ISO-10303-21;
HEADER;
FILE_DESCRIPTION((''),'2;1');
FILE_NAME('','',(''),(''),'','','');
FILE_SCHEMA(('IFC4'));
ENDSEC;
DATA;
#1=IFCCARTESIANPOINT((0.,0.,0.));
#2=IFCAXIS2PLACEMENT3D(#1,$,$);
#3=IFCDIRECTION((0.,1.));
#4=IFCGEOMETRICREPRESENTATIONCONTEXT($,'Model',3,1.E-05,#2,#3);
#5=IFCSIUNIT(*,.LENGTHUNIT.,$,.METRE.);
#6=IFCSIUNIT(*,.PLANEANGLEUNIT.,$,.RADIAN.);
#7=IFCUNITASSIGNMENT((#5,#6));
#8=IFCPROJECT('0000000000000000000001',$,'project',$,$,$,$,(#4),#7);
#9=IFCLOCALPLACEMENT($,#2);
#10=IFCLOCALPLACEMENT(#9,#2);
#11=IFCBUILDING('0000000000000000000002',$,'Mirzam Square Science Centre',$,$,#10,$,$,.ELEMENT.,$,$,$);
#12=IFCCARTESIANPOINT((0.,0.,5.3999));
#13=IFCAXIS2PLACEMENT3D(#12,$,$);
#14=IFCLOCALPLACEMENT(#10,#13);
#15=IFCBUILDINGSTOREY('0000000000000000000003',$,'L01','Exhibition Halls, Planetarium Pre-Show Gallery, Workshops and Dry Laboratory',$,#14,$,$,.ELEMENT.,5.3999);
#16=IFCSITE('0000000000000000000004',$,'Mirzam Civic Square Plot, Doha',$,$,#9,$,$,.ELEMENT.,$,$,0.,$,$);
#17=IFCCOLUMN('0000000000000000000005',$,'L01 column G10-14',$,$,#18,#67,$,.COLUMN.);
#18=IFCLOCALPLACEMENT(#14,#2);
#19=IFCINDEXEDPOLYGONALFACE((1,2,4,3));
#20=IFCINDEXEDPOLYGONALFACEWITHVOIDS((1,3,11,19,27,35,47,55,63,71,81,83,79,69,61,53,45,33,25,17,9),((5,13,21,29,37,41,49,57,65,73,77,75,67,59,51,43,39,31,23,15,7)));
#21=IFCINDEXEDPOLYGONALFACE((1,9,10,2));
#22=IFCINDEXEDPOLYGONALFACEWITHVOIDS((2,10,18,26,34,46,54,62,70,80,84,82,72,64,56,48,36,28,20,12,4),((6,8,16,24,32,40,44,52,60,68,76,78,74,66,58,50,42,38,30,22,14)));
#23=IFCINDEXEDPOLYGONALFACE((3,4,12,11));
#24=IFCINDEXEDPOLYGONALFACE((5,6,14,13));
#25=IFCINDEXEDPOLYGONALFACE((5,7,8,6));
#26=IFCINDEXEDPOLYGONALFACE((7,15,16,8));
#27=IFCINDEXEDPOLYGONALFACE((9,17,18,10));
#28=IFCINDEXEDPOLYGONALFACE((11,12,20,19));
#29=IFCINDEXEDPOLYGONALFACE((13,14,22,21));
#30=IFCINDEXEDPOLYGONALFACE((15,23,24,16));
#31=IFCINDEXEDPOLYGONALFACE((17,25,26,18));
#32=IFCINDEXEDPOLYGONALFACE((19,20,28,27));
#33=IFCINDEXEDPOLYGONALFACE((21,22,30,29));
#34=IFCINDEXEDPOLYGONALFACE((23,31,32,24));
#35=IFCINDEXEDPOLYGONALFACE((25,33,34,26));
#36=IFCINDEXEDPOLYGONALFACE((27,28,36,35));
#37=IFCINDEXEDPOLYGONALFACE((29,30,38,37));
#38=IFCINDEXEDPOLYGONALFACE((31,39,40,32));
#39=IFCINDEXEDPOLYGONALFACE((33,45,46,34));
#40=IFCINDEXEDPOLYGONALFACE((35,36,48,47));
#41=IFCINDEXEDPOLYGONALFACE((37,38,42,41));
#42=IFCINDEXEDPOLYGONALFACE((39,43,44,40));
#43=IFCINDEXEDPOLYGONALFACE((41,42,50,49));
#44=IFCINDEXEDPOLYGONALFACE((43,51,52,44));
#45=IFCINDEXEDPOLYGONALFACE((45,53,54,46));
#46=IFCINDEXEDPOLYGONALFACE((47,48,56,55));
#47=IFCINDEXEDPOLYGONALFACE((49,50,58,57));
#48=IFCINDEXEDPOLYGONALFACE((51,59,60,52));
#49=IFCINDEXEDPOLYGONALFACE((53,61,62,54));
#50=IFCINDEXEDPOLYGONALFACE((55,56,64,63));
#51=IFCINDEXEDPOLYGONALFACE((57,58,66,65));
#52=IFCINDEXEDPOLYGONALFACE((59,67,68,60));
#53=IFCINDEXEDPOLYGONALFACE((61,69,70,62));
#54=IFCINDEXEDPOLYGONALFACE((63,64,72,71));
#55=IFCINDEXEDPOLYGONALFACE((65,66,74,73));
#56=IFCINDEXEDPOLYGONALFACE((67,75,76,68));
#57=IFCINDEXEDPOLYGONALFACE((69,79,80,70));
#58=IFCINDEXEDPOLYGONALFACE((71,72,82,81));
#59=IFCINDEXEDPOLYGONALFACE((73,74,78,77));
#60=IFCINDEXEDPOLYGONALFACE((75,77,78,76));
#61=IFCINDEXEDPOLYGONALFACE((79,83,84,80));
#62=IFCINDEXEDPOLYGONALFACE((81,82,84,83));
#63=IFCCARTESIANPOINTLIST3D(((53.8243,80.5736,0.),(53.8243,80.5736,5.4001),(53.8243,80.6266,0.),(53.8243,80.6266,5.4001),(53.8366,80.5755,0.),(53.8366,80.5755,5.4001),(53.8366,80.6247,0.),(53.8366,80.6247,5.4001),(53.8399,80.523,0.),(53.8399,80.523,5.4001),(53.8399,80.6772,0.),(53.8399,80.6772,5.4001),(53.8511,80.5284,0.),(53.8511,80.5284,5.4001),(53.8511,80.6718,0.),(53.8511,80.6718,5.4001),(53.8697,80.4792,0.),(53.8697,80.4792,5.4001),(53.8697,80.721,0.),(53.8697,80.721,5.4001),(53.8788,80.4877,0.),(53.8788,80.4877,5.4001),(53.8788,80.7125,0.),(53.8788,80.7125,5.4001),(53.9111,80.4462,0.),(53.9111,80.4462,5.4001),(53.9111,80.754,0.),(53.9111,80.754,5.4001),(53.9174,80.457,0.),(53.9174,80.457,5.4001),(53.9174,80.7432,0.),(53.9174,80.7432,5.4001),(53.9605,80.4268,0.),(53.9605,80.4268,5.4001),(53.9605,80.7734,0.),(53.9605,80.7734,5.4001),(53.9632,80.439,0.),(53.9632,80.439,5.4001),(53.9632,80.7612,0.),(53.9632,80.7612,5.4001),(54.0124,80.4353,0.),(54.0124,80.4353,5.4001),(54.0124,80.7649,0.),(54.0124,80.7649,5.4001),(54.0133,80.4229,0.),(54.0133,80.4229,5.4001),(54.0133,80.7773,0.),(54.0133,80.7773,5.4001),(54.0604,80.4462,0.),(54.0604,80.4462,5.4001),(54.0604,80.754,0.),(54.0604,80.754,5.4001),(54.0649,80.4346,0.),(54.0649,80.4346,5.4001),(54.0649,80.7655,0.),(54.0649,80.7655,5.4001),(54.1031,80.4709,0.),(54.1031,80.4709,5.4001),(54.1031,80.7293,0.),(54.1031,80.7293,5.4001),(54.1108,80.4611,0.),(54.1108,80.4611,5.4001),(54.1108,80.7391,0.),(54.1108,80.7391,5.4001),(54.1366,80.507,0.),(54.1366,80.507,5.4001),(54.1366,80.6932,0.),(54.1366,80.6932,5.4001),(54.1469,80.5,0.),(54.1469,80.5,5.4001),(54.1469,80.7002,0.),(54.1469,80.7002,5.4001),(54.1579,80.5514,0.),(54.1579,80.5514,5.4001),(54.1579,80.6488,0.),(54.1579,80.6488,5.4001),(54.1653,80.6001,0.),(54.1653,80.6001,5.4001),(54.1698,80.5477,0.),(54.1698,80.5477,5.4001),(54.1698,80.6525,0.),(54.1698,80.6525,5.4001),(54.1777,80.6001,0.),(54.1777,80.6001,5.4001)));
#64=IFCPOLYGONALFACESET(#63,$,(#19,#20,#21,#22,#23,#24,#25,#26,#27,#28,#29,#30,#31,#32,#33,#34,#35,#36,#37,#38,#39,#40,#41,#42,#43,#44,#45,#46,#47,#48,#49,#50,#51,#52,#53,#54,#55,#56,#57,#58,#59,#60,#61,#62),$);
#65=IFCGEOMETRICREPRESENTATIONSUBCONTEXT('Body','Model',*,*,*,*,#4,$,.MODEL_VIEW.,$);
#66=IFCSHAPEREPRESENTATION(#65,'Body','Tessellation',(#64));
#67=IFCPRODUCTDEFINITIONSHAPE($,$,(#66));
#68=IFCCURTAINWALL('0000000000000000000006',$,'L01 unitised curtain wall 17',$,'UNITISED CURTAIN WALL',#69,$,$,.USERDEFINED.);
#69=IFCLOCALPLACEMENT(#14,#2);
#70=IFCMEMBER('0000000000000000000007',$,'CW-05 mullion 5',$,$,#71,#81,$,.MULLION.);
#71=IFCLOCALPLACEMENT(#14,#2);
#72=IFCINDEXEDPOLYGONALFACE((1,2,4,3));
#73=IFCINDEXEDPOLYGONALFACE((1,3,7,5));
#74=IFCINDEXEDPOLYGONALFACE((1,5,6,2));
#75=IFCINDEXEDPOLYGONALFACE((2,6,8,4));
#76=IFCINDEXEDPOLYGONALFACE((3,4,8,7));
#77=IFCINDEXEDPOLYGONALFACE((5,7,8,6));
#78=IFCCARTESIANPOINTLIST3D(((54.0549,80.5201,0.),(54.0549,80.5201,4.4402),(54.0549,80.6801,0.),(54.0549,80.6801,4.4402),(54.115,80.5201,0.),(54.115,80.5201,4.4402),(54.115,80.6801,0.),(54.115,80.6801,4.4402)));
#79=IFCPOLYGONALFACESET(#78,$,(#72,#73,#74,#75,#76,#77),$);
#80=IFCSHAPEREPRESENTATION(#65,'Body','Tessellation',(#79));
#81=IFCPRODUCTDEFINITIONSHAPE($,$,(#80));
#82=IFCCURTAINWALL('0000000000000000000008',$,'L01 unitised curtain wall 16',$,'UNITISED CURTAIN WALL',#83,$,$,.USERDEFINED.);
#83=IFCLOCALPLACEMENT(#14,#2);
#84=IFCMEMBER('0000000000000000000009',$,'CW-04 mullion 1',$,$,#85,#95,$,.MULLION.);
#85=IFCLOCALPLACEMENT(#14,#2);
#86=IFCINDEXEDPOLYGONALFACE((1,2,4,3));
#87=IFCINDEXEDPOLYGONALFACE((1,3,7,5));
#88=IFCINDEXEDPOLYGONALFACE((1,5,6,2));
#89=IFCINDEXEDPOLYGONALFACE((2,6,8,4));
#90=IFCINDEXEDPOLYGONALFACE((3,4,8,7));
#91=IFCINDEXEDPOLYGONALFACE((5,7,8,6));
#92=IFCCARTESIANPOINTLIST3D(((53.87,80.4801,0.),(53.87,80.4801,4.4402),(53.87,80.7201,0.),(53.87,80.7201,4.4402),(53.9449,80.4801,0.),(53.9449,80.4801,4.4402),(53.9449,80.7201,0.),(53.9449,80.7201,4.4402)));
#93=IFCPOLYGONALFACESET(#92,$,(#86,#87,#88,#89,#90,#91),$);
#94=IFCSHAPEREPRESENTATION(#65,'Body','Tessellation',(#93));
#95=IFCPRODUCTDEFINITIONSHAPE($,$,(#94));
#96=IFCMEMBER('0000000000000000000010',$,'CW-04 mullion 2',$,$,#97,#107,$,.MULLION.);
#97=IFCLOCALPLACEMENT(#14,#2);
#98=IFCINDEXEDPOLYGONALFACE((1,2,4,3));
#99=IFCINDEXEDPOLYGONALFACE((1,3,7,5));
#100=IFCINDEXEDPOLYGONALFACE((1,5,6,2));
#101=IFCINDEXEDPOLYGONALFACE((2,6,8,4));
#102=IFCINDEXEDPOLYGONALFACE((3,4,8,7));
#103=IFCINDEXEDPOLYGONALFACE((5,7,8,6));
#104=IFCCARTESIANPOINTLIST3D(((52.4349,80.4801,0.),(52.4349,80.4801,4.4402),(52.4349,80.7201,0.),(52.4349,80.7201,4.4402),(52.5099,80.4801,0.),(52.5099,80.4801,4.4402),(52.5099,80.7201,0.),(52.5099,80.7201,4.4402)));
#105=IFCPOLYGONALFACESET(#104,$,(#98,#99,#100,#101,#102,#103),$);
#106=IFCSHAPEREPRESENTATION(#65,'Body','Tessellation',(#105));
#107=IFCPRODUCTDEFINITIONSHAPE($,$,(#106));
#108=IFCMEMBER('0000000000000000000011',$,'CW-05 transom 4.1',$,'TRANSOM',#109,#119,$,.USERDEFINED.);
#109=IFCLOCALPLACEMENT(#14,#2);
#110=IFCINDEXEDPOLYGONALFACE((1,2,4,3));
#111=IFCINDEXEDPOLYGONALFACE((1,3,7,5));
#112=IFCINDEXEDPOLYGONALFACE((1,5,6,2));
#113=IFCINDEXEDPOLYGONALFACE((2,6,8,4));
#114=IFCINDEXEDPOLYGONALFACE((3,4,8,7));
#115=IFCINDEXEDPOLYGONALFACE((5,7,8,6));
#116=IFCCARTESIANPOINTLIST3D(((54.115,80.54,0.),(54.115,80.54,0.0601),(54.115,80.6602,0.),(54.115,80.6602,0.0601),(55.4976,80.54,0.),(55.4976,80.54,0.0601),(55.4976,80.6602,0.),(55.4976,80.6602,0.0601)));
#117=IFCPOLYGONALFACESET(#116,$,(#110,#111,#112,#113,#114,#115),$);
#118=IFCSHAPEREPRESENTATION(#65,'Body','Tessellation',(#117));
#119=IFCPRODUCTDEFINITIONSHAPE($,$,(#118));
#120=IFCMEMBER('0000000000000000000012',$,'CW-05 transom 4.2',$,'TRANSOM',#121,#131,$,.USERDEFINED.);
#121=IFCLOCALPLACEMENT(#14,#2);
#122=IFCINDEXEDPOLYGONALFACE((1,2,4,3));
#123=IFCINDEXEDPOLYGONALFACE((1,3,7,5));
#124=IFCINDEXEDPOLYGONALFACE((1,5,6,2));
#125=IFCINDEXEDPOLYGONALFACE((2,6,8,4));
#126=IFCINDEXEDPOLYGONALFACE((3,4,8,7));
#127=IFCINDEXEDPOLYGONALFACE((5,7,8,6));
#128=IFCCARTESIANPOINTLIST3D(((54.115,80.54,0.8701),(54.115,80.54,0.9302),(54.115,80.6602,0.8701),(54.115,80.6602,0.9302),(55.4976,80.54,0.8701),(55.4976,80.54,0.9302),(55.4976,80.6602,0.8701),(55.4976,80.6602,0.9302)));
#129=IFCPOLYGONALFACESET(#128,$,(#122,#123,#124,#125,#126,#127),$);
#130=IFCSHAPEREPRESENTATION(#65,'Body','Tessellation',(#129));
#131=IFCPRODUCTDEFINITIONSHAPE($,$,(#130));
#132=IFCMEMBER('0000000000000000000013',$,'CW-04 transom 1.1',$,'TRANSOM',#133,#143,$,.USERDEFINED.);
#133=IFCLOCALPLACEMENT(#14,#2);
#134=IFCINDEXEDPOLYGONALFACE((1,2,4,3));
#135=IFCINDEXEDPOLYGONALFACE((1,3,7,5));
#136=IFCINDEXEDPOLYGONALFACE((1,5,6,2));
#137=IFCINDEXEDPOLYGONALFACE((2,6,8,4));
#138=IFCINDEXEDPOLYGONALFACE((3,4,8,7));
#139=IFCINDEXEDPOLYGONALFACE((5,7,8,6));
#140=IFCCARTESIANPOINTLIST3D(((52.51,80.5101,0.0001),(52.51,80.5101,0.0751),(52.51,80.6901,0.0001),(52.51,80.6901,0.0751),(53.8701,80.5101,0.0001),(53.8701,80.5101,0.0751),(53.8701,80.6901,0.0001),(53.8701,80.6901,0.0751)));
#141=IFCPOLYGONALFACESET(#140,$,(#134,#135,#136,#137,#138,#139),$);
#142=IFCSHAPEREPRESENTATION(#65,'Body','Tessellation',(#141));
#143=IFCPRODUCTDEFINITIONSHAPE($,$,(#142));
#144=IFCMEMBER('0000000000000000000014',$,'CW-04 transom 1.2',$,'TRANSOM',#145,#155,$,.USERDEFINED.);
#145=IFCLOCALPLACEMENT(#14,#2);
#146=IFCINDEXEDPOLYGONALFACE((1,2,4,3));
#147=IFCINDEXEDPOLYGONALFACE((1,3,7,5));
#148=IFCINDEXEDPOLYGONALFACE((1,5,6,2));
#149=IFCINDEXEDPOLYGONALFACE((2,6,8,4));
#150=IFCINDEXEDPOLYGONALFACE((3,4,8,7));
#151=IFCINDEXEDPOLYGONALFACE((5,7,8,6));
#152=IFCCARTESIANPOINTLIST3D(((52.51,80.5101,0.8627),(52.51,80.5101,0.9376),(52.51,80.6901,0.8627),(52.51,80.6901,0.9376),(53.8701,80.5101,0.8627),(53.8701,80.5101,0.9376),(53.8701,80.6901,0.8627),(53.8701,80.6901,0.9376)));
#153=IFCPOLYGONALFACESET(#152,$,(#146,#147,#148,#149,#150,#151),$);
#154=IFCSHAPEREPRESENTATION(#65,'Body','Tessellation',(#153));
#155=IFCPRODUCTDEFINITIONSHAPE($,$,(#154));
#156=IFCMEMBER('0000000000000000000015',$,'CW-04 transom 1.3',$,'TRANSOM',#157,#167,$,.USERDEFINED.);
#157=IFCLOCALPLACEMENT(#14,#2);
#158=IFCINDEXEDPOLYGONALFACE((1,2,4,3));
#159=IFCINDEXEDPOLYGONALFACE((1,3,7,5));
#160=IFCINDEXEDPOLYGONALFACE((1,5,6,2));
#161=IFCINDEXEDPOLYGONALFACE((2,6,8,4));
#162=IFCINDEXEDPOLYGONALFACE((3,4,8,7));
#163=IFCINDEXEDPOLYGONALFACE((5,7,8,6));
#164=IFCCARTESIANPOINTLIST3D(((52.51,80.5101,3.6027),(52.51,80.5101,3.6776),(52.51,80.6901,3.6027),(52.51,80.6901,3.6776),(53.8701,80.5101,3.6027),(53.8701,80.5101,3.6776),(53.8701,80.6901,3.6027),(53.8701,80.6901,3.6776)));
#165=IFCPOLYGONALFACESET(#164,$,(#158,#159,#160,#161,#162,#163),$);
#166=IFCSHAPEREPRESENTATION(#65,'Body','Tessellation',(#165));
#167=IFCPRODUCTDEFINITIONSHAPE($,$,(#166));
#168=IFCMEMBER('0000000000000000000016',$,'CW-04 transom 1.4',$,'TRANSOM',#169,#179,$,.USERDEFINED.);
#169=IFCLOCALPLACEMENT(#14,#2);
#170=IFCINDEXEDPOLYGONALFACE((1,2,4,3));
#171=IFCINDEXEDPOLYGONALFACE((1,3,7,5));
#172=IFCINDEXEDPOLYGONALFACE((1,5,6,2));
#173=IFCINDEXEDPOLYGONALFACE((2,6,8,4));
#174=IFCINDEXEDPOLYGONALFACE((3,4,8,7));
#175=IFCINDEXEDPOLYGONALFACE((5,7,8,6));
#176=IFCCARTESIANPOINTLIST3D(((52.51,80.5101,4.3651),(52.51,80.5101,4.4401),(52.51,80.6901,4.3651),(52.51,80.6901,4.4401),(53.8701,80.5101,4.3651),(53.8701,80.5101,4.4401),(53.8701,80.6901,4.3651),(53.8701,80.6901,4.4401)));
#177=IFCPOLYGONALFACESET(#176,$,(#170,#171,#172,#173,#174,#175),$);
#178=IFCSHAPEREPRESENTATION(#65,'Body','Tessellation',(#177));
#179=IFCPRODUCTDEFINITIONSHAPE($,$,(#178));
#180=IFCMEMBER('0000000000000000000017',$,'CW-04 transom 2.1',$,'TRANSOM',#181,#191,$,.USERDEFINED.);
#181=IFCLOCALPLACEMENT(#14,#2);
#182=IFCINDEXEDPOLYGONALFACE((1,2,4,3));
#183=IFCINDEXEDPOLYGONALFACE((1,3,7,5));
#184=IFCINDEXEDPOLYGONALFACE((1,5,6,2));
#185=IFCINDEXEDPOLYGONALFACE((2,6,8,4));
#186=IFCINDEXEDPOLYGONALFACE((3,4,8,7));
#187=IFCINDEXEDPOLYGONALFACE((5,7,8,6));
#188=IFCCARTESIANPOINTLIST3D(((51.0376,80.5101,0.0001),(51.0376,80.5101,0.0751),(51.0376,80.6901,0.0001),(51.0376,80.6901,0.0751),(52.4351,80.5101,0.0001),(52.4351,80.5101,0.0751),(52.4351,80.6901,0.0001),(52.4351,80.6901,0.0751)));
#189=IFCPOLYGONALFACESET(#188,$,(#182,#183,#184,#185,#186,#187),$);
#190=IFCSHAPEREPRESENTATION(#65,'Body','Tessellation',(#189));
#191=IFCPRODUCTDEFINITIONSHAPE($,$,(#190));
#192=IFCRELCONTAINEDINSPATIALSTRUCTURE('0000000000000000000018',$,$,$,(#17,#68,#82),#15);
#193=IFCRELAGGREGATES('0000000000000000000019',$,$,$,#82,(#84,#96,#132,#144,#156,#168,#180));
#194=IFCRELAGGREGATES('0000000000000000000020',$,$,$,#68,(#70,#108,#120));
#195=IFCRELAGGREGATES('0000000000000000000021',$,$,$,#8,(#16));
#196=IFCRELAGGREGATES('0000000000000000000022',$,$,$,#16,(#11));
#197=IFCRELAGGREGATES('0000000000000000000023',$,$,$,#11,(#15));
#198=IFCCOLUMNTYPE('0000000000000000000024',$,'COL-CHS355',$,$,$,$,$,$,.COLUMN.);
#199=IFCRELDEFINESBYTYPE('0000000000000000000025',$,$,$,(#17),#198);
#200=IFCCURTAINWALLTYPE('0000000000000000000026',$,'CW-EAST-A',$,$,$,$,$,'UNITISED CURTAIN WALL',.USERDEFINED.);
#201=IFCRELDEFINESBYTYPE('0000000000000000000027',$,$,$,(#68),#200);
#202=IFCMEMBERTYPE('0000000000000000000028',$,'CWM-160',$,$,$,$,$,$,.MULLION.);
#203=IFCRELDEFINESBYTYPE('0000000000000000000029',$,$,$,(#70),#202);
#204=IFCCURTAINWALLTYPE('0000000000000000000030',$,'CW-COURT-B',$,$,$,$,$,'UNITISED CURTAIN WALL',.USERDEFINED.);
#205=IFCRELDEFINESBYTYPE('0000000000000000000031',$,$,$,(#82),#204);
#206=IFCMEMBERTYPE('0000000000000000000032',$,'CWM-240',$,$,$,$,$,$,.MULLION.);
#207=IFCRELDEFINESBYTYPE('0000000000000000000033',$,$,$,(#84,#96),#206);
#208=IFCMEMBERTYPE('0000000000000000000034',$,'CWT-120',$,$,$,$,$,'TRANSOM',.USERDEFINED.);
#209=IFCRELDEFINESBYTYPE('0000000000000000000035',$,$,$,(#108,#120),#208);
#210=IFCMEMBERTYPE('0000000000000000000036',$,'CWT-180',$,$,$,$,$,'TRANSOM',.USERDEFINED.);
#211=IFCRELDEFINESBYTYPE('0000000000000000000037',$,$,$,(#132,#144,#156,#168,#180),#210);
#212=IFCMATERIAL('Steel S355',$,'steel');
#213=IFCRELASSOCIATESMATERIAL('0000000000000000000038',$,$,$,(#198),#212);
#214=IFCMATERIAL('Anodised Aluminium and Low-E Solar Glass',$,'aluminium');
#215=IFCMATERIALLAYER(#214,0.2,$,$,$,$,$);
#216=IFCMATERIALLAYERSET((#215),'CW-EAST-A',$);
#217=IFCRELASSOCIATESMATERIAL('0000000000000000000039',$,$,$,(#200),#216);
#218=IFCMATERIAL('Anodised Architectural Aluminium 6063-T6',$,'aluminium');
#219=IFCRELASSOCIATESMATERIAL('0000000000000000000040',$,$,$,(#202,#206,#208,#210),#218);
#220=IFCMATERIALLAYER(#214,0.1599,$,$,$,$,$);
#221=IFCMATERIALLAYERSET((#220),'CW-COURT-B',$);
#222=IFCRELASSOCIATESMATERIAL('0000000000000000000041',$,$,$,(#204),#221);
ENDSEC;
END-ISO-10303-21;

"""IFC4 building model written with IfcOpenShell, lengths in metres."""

from ifc_helpers import new_model, si_unit, direction, frame, origin, origin_2d, place, context, subcontext, project, spatial, rectangle, hollow_circle, extrude, material, layer, layer_set, material_profile, profile_set, type_object, element, aggregate, save


model = new_model("IFC4")

# Units and contexts
model_context = context("Model", 3, precision=1e-05, world=origin(), true_north=direction((0.0, 1.0)))
body_context = subcontext(model_context, "Body", "Model", "MODEL_VIEW")
ifc_project = project(units=[si_unit("LENGTHUNIT", "METRE"), si_unit("PLANEANGLEUNIT", "RADIAN")], contexts=[model_context])

# Site, building, storey
site_placement = place(None, origin())
site = spatial("IfcSite", under=ifc_project, at=site_placement, Name="Mirzam Civic Square Plot, Doha", CompositionType="ELEMENT", RefElevation=0.0)
building_placement = place(site_placement, origin())
building = spatial("IfcBuilding", under=site, at=building_placement, Name="Mirzam Square Science Centre", CompositionType="ELEMENT")
storey_placement = place(building_placement, frame((0.0, 0.0, 5.3999)))
storey = spatial("IfcBuildingStorey", under=building, at=storey_placement, Name="L01", Description="Exhibition Halls, Planetarium Pre-Show Gallery, Workshops and Dry Laboratory", CompositionType="ELEMENT", Elevation=5.3999)

# Column
ifc_material_1 = material(Name="Steel S355", Category="steel")
ifc_material_profile_1 = material_profile(ifc_material_1, hollow_circle(Radius=0.1777, WallThickness=0.0125, at=origin_2d()), Name="355.6x12.5CHS")
ifc_profile_set_1 = profile_set([ifc_material_profile_1], Name="Steel S355")
column_type = type_object("IfcColumnType", Name="COL-CHS355", PredefinedType="COLUMN", material=ifc_profile_set_1)
column_placement = place(storey_placement, frame((54.0, 80.6001, 0.0), z_axis=(0.0, 0.0, 1.0), x_axis=(1.0, 0.0, 0.0)))
element("IfcColumn", 1, at=column_placement, inside=storey, type_object=column_type, Name="L01 column G10-14", PredefinedType="COLUMN", context=body_context, shape_type="SweptSolid", body=[
    extrude(hollow_circle(Radius=0.1777, WallThickness=0.0125, at=origin_2d()), origin(), (0.0, 0.0, 1.0), 5.4001),
])

# Curtain wall, member
ifc_material_2 = material(Name="Anodised Aluminium and Low-E Solar Glass", Category="aluminium")
ifc_layer_1 = layer(ifc_material_2, 0.2)
ifc_layer_set_1 = layer_set([ifc_layer_1], Name="CW-EAST-A")
curtain_wall_type_1 = type_object("IfcCurtainWallType", Name="CW-EAST-A", ElementType="UNITISED CURTAIN WALL", PredefinedType="USERDEFINED", material=ifc_layer_set_1)
curtain_wall_1_placement = place(storey_placement, origin())
curtain_wall_1 = element("IfcCurtainWall", 2, at=curtain_wall_1_placement, inside=storey, type_object=curtain_wall_type_1, Name="L01 unitised curtain wall 17", ObjectType="UNITISED CURTAIN WALL", PredefinedType="USERDEFINED")
ifc_material_3 = material(Name="Anodised Architectural Aluminium 6063-T6", Category="aluminium")
ifc_material_profile_2 = material_profile(ifc_material_3, rectangle(XDim=0.0601, YDim=0.1599, at=origin_2d()), Name="ALU-MULL-160x60x4")
ifc_profile_set_2 = profile_set([ifc_material_profile_2], Name="Anodised Architectural Aluminium 6063-T6")
member_type_1 = type_object("IfcMemberType", Name="CWM-160", PredefinedType="MULLION", material=ifc_profile_set_2)
member_1_placement = place(storey_placement, frame((54.085, 80.6001, 0.0), z_axis=(0.0, 0.0, 1.0), x_axis=(-1.0, 0.0, 0.0)))
member_1 = element("IfcMember", 3, at=member_1_placement, type_object=member_type_1, Name="CW-05 mullion 5", PredefinedType="MULLION", context=body_context, shape_type="SweptSolid", body=[
    extrude(rectangle(XDim=0.0601, YDim=0.1599, at=origin_2d()), origin(), (0.0, 0.0, 1.0), 4.4402),
])

# Curtain wall, members
ifc_layer_2 = layer(ifc_material_2, 0.1599)
ifc_layer_set_2 = layer_set([ifc_layer_2], Name="CW-COURT-B")
curtain_wall_type_2 = type_object("IfcCurtainWallType", Name="CW-COURT-B", ElementType="UNITISED CURTAIN WALL", PredefinedType="USERDEFINED", material=ifc_layer_set_2)
curtain_wall_2_placement = place(storey_placement, origin())
curtain_wall_2 = element("IfcCurtainWall", 4, at=curtain_wall_2_placement, inside=storey, type_object=curtain_wall_type_2, Name="L01 unitised curtain wall 16", ObjectType="UNITISED CURTAIN WALL", PredefinedType="USERDEFINED")
ifc_material_profile_3 = material_profile(ifc_material_3, rectangle(XDim=0.075, YDim=0.24, at=origin_2d()), Name="ALU-MULL-240x75x5")
ifc_profile_set_3 = profile_set([ifc_material_profile_3], Name="Anodised Architectural Aluminium 6063-T6")
member_type_2 = type_object("IfcMemberType", Name="CWM-240", PredefinedType="MULLION", material=ifc_profile_set_3)
member_2_placement = place(storey_placement, frame((53.9075, 80.6001, 0.0), z_axis=(0.0, 0.0, 1.0), x_axis=(-1.0, 0.0, 0.0)))
member_2 = element("IfcMember", 5, at=member_2_placement, type_object=member_type_2, Name="CW-04 mullion 1", PredefinedType="MULLION", context=body_context, shape_type="SweptSolid", body=[
    extrude(rectangle(XDim=0.075, YDim=0.24, at=origin_2d()), origin(), (0.0, 0.0, 1.0), 4.4402),
])
member_3_placement = place(storey_placement, frame((52.4724, 80.6001, 0.0), z_axis=(0.0, 0.0, 1.0), x_axis=(-1.0, 0.0, 0.0)))
member_3 = element("IfcMember", 6, at=member_3_placement, type_object=member_type_2, Name="CW-04 mullion 2", PredefinedType="MULLION", context=body_context, shape_type="SweptSolid", body=[
    extrude(rectangle(XDim=0.075, YDim=0.24, at=origin_2d()), origin(), (0.0, 0.0, 1.0), 4.4402),
])

# Members
ifc_material_profile_4 = material_profile(ifc_material_3, rectangle(XDim=0.1201, YDim=0.0601, at=origin_2d()), Name="ALU-TRAN-120x60x4")
ifc_profile_set_4 = profile_set([ifc_material_profile_4], Name="Anodised Architectural Aluminium 6063-T6")
member_type_3 = type_object("IfcMemberType", Name="CWT-120", ElementType="TRANSOM", PredefinedType="USERDEFINED", material=ifc_profile_set_4)
member_4_placement = place(storey_placement, frame((55.4976, 80.6001, 0.03), z_axis=(-1.0, 0.0, 0.0), x_axis=(0.0, -1.0, 0.0)))
member_4 = element("IfcMember", 7, at=member_4_placement, type_object=member_type_3, Name="CW-05 transom 4.1", ObjectType="TRANSOM", PredefinedType="USERDEFINED", context=body_context, shape_type="SweptSolid", body=[
    extrude(rectangle(XDim=0.1201, YDim=0.0601, at=origin_2d()), origin(), (0.0, 0.0, 1.0), 1.3826),
])
member_5_placement = place(storey_placement, frame((55.4976, 80.6001, 0.9001), z_axis=(-1.0, 0.0, 0.0), x_axis=(0.0, -1.0, 0.0)))
member_5 = element("IfcMember", 8, at=member_5_placement, type_object=member_type_3, Name="CW-05 transom 4.2", ObjectType="TRANSOM", PredefinedType="USERDEFINED", context=body_context, shape_type="SweptSolid", body=[
    extrude(rectangle(XDim=0.1201, YDim=0.0601, at=origin_2d()), origin(), (0.0, 0.0, 1.0), 1.3826),
])
ifc_material_profile_5 = material_profile(ifc_material_3, rectangle(XDim=0.1799, YDim=0.075, at=origin_2d()), Name="ALU-TRAN-180x75x5")
ifc_profile_set_5 = profile_set([ifc_material_profile_5], Name="Anodised Architectural Aluminium 6063-T6")
member_type_4 = type_object("IfcMemberType", Name="CWT-180", ElementType="TRANSOM", PredefinedType="USERDEFINED", material=ifc_profile_set_5)
member_6_placement = place(storey_placement, frame((53.8701, 80.6001, 0.0376), z_axis=(-1.0, 0.0, 0.0), x_axis=(0.0, -1.0, 0.0)))
member_6 = element("IfcMember", 9, at=member_6_placement, type_object=member_type_4, Name="CW-04 transom 1.1", ObjectType="TRANSOM", PredefinedType="USERDEFINED", context=body_context, shape_type="SweptSolid", body=[
    extrude(rectangle(XDim=0.1799, YDim=0.075, at=origin_2d()), origin(), (0.0, 0.0, 1.0), 1.3601),
])
member_7_placement = place(storey_placement, frame((53.8701, 80.6001, 0.9001), z_axis=(-1.0, 0.0, 0.0), x_axis=(0.0, -1.0, 0.0)))
member_7 = element("IfcMember", 10, at=member_7_placement, type_object=member_type_4, Name="CW-04 transom 1.2", ObjectType="TRANSOM", PredefinedType="USERDEFINED", context=body_context, shape_type="SweptSolid", body=[
    extrude(rectangle(XDim=0.1799, YDim=0.075, at=origin_2d()), origin(), (0.0, 0.0, 1.0), 1.3601),
])
member_8_placement = place(storey_placement, frame((53.8701, 80.6001, 3.6401), z_axis=(-1.0, 0.0, 0.0), x_axis=(0.0, -1.0, 0.0)))
member_8 = element("IfcMember", 11, at=member_8_placement, type_object=member_type_4, Name="CW-04 transom 1.3", ObjectType="TRANSOM", PredefinedType="USERDEFINED", context=body_context, shape_type="SweptSolid", body=[
    extrude(rectangle(XDim=0.1799, YDim=0.075, at=origin_2d()), origin(), (0.0, 0.0, 1.0), 1.3601),
])
member_9_placement = place(storey_placement, frame((53.8701, 80.6001, 4.4026), z_axis=(-1.0, 0.0, 0.0), x_axis=(0.0, -1.0, 0.0)))
member_9 = element("IfcMember", 12, at=member_9_placement, type_object=member_type_4, Name="CW-04 transom 1.4", ObjectType="TRANSOM", PredefinedType="USERDEFINED", context=body_context, shape_type="SweptSolid", body=[
    extrude(rectangle(XDim=0.1799, YDim=0.075, at=origin_2d()), origin(), (0.0, 0.0, 1.0), 1.3601),
])
member_10_placement = place(storey_placement, frame((52.4351, 80.6001, 0.0376), z_axis=(-1.0, 0.0, 0.0), x_axis=(0.0, -1.0, 0.0)))
member_10 = element("IfcMember", 13, at=member_10_placement, type_object=member_type_4, Name="CW-04 transom 2.1", ObjectType="TRANSOM", PredefinedType="USERDEFINED", context=body_context, shape_type="SweptSolid", body=[
    extrude(rectangle(XDim=0.1799, YDim=0.075, at=origin_2d()), origin(), (0.0, 0.0, 1.0), 1.3975),
])

aggregate(curtain_wall_2, [member_2, member_3, member_6, member_7, member_8, member_9, member_10])
aggregate(curtain_wall_1, [member_1, member_4, member_5])

save(model, "model.ifc")
